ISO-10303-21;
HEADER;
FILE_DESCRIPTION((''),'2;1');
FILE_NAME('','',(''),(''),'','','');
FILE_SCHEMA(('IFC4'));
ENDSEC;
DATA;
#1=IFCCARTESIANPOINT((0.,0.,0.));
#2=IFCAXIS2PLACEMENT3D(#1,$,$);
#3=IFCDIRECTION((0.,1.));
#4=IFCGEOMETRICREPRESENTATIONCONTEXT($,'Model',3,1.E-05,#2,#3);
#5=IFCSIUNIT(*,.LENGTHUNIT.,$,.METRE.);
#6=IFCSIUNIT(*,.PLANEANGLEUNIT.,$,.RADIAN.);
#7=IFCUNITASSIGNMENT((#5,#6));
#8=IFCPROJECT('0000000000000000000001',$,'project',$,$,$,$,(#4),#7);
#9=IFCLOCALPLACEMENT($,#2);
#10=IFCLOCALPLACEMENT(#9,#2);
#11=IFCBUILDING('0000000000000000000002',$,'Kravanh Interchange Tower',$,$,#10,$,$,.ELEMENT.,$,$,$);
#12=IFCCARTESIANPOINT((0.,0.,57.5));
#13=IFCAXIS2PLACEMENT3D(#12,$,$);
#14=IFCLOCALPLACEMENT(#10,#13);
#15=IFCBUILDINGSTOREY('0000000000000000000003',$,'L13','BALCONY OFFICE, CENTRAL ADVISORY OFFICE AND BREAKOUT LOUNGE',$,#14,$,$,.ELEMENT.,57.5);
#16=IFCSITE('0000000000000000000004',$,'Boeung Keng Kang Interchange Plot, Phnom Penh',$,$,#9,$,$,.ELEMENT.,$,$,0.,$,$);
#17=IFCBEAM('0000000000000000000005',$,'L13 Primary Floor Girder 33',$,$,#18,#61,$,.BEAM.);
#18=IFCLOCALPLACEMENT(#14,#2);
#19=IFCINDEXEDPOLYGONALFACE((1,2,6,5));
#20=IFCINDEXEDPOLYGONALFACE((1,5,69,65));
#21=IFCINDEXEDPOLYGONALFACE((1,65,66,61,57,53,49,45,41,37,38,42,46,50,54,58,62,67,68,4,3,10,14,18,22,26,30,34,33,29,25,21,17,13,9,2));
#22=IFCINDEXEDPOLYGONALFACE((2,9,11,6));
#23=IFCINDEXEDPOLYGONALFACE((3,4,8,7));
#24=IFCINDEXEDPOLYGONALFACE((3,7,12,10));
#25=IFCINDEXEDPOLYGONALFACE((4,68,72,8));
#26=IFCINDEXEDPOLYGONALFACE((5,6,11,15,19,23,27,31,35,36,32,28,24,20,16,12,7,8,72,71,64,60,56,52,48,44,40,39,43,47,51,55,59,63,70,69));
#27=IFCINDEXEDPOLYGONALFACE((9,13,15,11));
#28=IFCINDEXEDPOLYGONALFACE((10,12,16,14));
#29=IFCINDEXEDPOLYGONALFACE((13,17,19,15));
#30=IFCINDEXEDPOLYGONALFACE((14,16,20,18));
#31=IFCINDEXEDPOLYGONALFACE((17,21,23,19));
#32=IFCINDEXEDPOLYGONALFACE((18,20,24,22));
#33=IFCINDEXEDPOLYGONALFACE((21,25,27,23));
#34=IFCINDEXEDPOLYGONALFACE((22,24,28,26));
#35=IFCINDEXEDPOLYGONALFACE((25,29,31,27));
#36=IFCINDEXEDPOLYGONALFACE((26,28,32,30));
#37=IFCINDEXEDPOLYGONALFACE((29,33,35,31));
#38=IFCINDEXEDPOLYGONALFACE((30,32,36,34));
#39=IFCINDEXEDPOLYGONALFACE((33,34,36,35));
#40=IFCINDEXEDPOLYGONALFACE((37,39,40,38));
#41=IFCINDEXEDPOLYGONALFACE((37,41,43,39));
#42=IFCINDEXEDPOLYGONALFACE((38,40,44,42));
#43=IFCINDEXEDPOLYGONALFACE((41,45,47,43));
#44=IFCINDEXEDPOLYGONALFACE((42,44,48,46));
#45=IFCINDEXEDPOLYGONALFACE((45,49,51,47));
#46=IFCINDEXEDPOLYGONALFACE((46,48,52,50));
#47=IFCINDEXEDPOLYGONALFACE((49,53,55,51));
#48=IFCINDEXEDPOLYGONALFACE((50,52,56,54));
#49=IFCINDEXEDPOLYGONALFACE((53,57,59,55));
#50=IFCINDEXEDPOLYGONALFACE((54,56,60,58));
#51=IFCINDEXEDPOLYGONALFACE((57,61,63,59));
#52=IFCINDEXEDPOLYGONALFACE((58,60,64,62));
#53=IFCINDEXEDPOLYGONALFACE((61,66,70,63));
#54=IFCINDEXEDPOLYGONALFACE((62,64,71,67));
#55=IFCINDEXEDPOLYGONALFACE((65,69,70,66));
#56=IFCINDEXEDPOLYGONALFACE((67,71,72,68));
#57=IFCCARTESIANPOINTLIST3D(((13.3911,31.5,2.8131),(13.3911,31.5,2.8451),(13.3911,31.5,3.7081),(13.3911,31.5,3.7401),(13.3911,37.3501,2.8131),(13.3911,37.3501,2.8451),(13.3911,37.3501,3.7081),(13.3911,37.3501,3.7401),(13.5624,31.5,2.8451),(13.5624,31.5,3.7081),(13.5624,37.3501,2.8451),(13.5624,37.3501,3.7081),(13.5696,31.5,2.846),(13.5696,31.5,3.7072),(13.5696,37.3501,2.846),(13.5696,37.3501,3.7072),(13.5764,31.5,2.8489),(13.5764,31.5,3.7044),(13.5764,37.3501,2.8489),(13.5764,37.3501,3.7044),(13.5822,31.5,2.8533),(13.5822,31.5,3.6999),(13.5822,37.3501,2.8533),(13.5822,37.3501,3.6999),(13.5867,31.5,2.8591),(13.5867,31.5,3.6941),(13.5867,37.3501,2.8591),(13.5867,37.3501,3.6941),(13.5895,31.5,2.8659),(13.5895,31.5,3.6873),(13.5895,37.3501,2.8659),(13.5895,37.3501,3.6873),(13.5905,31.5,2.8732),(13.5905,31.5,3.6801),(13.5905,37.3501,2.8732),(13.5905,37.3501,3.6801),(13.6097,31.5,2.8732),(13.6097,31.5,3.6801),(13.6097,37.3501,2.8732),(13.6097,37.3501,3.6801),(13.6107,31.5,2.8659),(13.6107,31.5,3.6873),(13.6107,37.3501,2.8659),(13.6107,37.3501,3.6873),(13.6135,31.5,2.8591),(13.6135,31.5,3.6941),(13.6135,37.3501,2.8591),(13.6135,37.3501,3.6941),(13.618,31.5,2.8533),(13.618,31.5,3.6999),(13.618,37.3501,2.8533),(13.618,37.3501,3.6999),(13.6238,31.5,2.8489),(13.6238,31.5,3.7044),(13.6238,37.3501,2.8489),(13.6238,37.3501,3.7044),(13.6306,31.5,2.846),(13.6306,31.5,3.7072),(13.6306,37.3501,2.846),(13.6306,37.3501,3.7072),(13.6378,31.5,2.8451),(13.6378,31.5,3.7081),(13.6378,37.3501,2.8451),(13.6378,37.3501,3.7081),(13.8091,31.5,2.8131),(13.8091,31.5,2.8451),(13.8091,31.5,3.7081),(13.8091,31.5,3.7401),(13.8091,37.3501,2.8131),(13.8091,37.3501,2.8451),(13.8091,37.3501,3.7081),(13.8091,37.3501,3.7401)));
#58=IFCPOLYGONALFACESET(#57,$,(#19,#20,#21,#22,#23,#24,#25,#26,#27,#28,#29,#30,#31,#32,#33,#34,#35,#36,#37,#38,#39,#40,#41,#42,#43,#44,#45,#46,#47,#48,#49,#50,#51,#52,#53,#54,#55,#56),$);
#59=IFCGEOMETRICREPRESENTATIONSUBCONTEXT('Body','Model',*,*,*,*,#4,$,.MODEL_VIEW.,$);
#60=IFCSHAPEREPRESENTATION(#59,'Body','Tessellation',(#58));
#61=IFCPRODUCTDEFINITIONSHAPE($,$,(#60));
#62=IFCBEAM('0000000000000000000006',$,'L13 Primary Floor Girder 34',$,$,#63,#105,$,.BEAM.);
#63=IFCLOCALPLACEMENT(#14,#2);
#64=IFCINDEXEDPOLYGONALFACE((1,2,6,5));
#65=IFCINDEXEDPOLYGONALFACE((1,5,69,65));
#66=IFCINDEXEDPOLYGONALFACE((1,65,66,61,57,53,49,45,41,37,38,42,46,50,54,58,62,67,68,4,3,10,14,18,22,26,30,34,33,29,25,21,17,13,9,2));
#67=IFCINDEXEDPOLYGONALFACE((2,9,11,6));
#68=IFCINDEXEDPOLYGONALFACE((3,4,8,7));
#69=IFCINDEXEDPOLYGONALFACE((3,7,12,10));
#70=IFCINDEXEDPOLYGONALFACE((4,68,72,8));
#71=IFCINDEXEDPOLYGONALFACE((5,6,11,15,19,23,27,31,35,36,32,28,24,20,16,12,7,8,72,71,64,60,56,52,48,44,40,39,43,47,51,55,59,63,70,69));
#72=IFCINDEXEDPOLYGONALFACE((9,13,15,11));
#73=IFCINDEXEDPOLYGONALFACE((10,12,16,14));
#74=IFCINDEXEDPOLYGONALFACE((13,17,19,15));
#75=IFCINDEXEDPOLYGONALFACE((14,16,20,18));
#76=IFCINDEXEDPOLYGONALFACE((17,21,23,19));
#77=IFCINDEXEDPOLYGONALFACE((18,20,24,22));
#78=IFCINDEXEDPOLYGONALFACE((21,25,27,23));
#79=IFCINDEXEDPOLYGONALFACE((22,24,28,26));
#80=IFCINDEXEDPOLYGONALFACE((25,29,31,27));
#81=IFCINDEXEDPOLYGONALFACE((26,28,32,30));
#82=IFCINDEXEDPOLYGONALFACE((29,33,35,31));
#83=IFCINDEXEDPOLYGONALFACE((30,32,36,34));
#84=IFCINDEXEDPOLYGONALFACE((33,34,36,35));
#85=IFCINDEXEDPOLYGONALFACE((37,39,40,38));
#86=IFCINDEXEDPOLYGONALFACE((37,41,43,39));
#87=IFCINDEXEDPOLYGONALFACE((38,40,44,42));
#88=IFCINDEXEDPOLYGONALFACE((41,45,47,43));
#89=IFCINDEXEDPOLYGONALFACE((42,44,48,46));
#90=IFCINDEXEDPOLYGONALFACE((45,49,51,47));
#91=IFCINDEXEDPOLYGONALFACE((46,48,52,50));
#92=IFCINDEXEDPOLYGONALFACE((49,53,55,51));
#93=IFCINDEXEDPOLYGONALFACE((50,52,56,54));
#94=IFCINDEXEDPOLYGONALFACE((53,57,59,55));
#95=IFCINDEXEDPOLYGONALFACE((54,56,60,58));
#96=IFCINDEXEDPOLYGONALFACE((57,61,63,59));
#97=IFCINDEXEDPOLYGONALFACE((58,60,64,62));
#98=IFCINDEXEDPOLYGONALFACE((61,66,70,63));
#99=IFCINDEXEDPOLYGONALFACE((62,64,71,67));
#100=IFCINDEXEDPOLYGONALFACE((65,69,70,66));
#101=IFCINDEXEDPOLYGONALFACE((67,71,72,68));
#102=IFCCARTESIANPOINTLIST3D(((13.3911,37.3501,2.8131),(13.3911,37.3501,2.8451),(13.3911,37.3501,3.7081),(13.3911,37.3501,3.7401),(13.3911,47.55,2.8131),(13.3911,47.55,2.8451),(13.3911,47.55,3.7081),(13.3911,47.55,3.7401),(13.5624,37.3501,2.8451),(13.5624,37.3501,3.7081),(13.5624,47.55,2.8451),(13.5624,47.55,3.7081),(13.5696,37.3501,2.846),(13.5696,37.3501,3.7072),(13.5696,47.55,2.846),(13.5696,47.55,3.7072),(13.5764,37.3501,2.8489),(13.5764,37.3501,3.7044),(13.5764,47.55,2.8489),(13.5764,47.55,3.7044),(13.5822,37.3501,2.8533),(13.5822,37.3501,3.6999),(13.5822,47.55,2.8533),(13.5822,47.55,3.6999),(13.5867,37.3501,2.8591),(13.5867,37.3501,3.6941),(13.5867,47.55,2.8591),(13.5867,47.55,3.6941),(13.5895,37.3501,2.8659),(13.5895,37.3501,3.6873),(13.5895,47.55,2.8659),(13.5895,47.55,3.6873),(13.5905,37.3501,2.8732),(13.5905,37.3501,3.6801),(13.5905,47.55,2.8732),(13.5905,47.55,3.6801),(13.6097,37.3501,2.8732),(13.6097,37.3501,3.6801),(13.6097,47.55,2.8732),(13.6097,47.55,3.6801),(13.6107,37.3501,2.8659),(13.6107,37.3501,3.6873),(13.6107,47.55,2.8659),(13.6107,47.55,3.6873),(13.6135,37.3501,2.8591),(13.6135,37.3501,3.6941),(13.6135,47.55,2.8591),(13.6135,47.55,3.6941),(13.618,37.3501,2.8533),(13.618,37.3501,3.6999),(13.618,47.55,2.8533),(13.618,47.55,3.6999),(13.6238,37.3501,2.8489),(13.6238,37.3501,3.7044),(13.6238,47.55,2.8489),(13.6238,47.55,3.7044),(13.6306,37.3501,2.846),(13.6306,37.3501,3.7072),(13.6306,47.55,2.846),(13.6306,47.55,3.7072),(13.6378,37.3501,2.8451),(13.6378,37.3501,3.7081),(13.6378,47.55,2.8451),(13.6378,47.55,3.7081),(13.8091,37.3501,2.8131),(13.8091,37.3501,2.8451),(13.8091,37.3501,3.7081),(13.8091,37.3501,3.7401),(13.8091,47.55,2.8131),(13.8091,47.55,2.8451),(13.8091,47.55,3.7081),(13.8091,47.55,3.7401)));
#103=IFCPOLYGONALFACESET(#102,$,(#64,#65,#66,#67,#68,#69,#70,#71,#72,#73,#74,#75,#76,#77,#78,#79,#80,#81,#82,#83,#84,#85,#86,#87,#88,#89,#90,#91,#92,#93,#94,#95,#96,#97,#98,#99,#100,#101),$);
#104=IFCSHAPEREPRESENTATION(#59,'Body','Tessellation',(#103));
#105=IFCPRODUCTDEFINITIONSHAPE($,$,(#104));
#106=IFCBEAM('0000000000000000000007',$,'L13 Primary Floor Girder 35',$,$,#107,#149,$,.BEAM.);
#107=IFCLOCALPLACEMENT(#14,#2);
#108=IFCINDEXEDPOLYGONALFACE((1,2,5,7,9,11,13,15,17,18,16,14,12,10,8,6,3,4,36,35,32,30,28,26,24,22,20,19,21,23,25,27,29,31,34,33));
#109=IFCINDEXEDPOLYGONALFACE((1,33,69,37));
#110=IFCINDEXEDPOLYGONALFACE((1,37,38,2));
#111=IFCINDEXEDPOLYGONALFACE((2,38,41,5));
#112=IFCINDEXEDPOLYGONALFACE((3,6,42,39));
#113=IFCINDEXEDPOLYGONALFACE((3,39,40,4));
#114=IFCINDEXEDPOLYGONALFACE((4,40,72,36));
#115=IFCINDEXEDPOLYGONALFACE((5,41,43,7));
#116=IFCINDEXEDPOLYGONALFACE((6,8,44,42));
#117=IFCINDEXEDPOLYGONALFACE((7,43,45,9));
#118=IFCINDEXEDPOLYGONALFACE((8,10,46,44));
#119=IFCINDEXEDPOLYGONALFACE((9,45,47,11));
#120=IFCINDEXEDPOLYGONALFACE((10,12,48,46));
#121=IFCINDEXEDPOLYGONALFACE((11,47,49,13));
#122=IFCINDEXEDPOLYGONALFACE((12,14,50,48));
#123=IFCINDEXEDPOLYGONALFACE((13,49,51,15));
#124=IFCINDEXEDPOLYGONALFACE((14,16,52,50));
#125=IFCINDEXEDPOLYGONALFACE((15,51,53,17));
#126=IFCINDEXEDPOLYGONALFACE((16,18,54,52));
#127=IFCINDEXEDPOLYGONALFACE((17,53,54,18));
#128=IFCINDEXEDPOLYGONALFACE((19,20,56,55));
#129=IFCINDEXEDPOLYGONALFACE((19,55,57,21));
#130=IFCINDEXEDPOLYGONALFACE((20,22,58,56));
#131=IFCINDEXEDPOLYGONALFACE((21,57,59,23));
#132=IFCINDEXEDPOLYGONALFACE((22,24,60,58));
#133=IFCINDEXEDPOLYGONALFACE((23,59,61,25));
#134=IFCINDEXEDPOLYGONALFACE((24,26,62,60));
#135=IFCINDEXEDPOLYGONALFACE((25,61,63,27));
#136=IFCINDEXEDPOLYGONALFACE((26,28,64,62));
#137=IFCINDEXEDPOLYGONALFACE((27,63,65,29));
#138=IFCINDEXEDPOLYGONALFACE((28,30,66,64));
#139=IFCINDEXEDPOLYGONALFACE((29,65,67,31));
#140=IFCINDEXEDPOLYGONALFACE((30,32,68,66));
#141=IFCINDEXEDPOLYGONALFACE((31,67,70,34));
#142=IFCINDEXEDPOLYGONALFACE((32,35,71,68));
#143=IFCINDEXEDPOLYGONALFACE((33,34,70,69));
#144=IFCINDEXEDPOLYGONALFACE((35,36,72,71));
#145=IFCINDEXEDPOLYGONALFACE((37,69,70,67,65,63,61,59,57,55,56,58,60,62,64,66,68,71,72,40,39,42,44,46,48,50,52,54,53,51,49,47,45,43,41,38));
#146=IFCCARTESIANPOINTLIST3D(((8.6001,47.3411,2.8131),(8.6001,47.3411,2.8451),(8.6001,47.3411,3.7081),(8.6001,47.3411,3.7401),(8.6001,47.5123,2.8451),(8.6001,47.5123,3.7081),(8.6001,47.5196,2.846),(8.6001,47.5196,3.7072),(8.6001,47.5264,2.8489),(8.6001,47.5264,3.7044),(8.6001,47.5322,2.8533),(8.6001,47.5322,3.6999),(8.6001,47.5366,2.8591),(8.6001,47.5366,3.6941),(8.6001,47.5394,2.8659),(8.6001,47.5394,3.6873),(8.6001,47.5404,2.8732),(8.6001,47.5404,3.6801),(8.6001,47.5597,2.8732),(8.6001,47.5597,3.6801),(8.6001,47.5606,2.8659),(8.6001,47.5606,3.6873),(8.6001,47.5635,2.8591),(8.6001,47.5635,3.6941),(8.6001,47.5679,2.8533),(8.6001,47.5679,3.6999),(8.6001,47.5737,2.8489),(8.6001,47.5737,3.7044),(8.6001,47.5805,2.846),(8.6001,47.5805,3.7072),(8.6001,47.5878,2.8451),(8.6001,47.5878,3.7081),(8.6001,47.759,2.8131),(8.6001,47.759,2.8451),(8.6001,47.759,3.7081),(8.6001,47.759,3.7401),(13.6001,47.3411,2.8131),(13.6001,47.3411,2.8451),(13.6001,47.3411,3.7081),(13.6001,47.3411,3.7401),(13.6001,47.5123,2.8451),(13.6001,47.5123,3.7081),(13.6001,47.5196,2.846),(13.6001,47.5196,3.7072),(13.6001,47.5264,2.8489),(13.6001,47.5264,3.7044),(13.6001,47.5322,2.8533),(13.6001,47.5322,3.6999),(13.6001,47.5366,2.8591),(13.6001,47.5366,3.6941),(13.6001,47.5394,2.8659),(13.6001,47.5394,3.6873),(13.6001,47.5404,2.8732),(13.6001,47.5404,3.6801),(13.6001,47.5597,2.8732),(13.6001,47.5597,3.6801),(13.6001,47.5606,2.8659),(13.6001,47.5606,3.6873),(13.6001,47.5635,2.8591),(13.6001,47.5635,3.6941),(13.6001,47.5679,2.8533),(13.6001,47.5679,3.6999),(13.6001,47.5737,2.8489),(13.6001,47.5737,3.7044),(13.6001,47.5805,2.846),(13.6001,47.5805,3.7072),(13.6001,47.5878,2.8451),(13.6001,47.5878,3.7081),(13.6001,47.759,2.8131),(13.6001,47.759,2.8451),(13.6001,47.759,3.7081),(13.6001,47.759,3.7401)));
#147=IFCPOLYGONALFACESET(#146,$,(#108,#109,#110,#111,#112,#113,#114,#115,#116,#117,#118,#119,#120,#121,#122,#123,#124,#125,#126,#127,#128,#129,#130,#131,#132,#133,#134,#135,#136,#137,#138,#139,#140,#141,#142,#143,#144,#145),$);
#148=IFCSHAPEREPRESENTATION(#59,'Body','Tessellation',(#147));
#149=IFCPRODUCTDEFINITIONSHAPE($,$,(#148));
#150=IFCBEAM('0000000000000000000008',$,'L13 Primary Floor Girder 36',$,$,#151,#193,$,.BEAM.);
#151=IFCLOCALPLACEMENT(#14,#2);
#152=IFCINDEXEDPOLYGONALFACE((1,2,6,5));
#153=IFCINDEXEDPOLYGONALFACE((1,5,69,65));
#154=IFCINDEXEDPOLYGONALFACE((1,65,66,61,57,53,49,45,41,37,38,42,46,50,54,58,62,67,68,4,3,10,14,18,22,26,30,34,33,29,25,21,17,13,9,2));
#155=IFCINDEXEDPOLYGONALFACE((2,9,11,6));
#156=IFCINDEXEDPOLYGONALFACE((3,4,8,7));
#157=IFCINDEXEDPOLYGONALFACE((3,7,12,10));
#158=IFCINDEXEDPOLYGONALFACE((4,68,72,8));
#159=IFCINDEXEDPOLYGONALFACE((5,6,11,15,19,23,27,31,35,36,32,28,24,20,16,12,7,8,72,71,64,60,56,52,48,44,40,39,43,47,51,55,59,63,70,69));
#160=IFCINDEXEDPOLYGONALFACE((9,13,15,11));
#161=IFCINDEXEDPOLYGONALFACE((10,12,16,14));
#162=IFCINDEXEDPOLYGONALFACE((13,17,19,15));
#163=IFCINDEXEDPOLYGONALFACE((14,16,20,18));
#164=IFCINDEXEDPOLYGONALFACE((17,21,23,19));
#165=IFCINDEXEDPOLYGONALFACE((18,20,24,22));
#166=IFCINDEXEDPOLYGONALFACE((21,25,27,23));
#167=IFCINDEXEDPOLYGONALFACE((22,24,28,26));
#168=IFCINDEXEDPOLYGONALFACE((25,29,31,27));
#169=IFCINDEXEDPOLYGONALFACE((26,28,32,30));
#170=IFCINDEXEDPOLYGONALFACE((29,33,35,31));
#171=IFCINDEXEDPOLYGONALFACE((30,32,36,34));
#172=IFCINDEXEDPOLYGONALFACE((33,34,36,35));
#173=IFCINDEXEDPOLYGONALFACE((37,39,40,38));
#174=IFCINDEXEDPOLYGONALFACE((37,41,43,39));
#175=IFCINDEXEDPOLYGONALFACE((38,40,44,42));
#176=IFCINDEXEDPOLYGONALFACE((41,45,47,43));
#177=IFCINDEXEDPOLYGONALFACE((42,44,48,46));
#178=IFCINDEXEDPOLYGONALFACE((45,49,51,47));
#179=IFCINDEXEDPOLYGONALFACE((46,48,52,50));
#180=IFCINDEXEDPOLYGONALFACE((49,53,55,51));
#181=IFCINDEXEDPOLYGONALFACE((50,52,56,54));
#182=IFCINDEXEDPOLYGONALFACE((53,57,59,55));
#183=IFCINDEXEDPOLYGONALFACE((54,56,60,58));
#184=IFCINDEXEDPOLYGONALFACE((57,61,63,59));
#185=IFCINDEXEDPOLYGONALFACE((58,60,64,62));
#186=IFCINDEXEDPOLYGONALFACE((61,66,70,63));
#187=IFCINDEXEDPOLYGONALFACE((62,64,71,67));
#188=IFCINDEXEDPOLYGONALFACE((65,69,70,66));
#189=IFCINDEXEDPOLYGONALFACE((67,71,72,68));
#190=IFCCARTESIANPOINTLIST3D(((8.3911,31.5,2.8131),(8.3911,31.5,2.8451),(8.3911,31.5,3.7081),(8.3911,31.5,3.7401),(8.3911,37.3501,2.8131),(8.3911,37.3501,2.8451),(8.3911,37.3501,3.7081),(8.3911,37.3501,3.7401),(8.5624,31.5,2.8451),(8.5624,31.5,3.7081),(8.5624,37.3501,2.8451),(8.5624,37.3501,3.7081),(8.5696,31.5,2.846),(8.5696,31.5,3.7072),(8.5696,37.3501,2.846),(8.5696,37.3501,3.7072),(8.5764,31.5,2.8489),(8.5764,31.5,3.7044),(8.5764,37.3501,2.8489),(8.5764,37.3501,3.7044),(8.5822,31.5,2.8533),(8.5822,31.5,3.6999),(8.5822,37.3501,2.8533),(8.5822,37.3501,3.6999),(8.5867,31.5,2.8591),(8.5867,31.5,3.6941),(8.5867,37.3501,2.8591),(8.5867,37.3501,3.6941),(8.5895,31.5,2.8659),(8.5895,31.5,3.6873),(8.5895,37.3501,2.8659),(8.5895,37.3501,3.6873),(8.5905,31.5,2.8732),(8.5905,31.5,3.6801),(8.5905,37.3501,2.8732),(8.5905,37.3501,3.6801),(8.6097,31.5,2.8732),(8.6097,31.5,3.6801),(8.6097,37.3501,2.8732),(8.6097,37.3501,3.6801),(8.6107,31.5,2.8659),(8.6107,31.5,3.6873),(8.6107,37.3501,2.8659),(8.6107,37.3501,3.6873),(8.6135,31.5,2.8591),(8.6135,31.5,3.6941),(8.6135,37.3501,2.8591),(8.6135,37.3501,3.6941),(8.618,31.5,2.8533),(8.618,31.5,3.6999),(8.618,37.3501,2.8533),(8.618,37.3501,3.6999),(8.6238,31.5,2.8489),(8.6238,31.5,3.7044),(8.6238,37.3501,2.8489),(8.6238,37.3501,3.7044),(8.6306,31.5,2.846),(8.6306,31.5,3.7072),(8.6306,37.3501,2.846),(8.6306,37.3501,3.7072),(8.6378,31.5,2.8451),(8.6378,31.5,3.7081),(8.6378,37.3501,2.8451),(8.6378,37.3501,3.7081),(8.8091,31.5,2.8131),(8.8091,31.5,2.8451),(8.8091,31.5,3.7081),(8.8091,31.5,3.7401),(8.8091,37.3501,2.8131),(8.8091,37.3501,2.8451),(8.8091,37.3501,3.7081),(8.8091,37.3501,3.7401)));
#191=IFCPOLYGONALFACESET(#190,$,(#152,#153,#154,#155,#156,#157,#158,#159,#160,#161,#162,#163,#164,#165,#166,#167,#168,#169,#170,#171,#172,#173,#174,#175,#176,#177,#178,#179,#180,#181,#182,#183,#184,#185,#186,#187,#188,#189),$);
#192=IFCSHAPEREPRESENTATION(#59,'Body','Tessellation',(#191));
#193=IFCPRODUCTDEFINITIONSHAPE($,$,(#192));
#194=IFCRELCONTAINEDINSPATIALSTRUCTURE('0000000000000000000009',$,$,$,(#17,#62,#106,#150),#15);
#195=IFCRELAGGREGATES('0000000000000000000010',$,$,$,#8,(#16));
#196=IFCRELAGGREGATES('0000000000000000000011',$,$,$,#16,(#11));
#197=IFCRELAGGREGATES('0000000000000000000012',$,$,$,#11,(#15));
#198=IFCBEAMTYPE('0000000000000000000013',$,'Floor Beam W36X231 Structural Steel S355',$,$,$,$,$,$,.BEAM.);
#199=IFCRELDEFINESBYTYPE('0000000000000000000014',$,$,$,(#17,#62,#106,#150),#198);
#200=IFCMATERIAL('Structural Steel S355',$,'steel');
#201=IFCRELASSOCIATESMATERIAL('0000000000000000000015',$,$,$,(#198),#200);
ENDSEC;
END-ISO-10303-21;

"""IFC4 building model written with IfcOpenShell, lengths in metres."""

from ifc_helpers import new_model, si_unit, direction, frame, origin, origin_2d, place, context, subcontext, project, spatial, i_section, extrude, material, material_profile, profile_set, type_object, element, save


model = new_model("IFC4")

# Units and contexts
model_context = context("Model", 3, precision=1e-05, world=origin(), true_north=direction((0.0, 1.0)))
body_context = subcontext(model_context, "Body", "Model", "MODEL_VIEW")
ifc_project = project(units=[si_unit("LENGTHUNIT", "METRE"), si_unit("PLANEANGLEUNIT", "RADIAN")], contexts=[model_context])

# Site, building, storey
site_placement = place(None, origin())
site = spatial("IfcSite", under=ifc_project, at=site_placement, Name="Boeung Keng Kang Interchange Plot, Phnom Penh", CompositionType="ELEMENT", RefElevation=0.0)
building_placement = place(site_placement, origin())
building = spatial("IfcBuilding", under=site, at=building_placement, Name="Kravanh Interchange Tower", CompositionType="ELEMENT")
storey_placement = place(building_placement, frame((0.0, 0.0, 57.5)))
storey = spatial("IfcBuildingStorey", under=building, at=storey_placement, Name="L13", Description="BALCONY OFFICE, CENTRAL ADVISORY OFFICE AND BREAKOUT LOUNGE", CompositionType="ELEMENT", Elevation=57.5)

# Beams
ifc_material_1 = material(Name="Structural Steel S355", Category="steel")
ifc_material_profile_1 = material_profile(ifc_material_1, i_section(OverallWidth=0.418, OverallDepth=0.927, WebThickness=0.0193, FlangeThickness=0.032, FilletRadius=0.0281, at=origin_2d()), Name="W36X231")
ifc_profile_set_1 = profile_set([ifc_material_profile_1], Name="Structural Steel S355")
beam_type = type_object("IfcBeamType", Name="Floor Beam W36X231 Structural Steel S355", PredefinedType="BEAM", material=ifc_profile_set_1)
beam_1_placement = place(storey_placement, frame((13.6001, 37.3501, 3.2766), z_axis=(0.0, -1.0, 0.0), x_axis=(1.0, 0.0, 0.0)))
element("IfcBeam", 1, at=beam_1_placement, inside=storey, type_object=beam_type, Name="L13 Primary Floor Girder 33", PredefinedType="BEAM", context=body_context, shape_type="SweptSolid", body=[
    extrude(i_section(OverallWidth=0.418, OverallDepth=0.927, WebThickness=0.0193, FlangeThickness=0.032, FilletRadius=0.0281, at=origin_2d()), origin(), (0.0, 0.0, 1.0), 5.8501),
])
beam_2_placement = place(storey_placement, frame((13.6001, 37.3501, 3.2766), z_axis=(0.0, 1.0, 0.0), x_axis=(-1.0, 0.0, 0.0)))
element("IfcBeam", 2, at=beam_2_placement, inside=storey, type_object=beam_type, Name="L13 Primary Floor Girder 34", PredefinedType="BEAM", context=body_context, shape_type="SweptSolid", body=[
    extrude(i_section(OverallWidth=0.418, OverallDepth=0.927, WebThickness=0.0193, FlangeThickness=0.032, FilletRadius=0.0281, at=origin_2d()), origin(), (0.0, 0.0, 1.0), 10.2),
])
beam_3_placement = place(storey_placement, frame((13.6001, 47.55, 3.2766), z_axis=(-1.0, 0.0, 0.0), x_axis=(0.0, -1.0, 0.0)))
element("IfcBeam", 3, at=beam_3_placement, inside=storey, type_object=beam_type, Name="L13 Primary Floor Girder 35", PredefinedType="BEAM", context=body_context, shape_type="SweptSolid", body=[
    extrude(i_section(OverallWidth=0.418, OverallDepth=0.927, WebThickness=0.0193, FlangeThickness=0.032, FilletRadius=0.0281, at=origin_2d()), origin(), (0.0, 0.0, 1.0), 5.0),
])
beam_4_placement = place(storey_placement, frame((8.6001, 37.3501, 3.2766), z_axis=(0.0, -1.0, 0.0), x_axis=(1.0, 0.0, 0.0)))
element("IfcBeam", 4, at=beam_4_placement, inside=storey, type_object=beam_type, Name="L13 Primary Floor Girder 36", PredefinedType="BEAM", context=body_context, shape_type="SweptSolid", body=[
    extrude(i_section(OverallWidth=0.418, OverallDepth=0.927, WebThickness=0.0193, FlangeThickness=0.032, FilletRadius=0.0281, at=origin_2d()), origin(), (0.0, 0.0, 1.0), 5.8501),
])

save(model, "model.ifc")
